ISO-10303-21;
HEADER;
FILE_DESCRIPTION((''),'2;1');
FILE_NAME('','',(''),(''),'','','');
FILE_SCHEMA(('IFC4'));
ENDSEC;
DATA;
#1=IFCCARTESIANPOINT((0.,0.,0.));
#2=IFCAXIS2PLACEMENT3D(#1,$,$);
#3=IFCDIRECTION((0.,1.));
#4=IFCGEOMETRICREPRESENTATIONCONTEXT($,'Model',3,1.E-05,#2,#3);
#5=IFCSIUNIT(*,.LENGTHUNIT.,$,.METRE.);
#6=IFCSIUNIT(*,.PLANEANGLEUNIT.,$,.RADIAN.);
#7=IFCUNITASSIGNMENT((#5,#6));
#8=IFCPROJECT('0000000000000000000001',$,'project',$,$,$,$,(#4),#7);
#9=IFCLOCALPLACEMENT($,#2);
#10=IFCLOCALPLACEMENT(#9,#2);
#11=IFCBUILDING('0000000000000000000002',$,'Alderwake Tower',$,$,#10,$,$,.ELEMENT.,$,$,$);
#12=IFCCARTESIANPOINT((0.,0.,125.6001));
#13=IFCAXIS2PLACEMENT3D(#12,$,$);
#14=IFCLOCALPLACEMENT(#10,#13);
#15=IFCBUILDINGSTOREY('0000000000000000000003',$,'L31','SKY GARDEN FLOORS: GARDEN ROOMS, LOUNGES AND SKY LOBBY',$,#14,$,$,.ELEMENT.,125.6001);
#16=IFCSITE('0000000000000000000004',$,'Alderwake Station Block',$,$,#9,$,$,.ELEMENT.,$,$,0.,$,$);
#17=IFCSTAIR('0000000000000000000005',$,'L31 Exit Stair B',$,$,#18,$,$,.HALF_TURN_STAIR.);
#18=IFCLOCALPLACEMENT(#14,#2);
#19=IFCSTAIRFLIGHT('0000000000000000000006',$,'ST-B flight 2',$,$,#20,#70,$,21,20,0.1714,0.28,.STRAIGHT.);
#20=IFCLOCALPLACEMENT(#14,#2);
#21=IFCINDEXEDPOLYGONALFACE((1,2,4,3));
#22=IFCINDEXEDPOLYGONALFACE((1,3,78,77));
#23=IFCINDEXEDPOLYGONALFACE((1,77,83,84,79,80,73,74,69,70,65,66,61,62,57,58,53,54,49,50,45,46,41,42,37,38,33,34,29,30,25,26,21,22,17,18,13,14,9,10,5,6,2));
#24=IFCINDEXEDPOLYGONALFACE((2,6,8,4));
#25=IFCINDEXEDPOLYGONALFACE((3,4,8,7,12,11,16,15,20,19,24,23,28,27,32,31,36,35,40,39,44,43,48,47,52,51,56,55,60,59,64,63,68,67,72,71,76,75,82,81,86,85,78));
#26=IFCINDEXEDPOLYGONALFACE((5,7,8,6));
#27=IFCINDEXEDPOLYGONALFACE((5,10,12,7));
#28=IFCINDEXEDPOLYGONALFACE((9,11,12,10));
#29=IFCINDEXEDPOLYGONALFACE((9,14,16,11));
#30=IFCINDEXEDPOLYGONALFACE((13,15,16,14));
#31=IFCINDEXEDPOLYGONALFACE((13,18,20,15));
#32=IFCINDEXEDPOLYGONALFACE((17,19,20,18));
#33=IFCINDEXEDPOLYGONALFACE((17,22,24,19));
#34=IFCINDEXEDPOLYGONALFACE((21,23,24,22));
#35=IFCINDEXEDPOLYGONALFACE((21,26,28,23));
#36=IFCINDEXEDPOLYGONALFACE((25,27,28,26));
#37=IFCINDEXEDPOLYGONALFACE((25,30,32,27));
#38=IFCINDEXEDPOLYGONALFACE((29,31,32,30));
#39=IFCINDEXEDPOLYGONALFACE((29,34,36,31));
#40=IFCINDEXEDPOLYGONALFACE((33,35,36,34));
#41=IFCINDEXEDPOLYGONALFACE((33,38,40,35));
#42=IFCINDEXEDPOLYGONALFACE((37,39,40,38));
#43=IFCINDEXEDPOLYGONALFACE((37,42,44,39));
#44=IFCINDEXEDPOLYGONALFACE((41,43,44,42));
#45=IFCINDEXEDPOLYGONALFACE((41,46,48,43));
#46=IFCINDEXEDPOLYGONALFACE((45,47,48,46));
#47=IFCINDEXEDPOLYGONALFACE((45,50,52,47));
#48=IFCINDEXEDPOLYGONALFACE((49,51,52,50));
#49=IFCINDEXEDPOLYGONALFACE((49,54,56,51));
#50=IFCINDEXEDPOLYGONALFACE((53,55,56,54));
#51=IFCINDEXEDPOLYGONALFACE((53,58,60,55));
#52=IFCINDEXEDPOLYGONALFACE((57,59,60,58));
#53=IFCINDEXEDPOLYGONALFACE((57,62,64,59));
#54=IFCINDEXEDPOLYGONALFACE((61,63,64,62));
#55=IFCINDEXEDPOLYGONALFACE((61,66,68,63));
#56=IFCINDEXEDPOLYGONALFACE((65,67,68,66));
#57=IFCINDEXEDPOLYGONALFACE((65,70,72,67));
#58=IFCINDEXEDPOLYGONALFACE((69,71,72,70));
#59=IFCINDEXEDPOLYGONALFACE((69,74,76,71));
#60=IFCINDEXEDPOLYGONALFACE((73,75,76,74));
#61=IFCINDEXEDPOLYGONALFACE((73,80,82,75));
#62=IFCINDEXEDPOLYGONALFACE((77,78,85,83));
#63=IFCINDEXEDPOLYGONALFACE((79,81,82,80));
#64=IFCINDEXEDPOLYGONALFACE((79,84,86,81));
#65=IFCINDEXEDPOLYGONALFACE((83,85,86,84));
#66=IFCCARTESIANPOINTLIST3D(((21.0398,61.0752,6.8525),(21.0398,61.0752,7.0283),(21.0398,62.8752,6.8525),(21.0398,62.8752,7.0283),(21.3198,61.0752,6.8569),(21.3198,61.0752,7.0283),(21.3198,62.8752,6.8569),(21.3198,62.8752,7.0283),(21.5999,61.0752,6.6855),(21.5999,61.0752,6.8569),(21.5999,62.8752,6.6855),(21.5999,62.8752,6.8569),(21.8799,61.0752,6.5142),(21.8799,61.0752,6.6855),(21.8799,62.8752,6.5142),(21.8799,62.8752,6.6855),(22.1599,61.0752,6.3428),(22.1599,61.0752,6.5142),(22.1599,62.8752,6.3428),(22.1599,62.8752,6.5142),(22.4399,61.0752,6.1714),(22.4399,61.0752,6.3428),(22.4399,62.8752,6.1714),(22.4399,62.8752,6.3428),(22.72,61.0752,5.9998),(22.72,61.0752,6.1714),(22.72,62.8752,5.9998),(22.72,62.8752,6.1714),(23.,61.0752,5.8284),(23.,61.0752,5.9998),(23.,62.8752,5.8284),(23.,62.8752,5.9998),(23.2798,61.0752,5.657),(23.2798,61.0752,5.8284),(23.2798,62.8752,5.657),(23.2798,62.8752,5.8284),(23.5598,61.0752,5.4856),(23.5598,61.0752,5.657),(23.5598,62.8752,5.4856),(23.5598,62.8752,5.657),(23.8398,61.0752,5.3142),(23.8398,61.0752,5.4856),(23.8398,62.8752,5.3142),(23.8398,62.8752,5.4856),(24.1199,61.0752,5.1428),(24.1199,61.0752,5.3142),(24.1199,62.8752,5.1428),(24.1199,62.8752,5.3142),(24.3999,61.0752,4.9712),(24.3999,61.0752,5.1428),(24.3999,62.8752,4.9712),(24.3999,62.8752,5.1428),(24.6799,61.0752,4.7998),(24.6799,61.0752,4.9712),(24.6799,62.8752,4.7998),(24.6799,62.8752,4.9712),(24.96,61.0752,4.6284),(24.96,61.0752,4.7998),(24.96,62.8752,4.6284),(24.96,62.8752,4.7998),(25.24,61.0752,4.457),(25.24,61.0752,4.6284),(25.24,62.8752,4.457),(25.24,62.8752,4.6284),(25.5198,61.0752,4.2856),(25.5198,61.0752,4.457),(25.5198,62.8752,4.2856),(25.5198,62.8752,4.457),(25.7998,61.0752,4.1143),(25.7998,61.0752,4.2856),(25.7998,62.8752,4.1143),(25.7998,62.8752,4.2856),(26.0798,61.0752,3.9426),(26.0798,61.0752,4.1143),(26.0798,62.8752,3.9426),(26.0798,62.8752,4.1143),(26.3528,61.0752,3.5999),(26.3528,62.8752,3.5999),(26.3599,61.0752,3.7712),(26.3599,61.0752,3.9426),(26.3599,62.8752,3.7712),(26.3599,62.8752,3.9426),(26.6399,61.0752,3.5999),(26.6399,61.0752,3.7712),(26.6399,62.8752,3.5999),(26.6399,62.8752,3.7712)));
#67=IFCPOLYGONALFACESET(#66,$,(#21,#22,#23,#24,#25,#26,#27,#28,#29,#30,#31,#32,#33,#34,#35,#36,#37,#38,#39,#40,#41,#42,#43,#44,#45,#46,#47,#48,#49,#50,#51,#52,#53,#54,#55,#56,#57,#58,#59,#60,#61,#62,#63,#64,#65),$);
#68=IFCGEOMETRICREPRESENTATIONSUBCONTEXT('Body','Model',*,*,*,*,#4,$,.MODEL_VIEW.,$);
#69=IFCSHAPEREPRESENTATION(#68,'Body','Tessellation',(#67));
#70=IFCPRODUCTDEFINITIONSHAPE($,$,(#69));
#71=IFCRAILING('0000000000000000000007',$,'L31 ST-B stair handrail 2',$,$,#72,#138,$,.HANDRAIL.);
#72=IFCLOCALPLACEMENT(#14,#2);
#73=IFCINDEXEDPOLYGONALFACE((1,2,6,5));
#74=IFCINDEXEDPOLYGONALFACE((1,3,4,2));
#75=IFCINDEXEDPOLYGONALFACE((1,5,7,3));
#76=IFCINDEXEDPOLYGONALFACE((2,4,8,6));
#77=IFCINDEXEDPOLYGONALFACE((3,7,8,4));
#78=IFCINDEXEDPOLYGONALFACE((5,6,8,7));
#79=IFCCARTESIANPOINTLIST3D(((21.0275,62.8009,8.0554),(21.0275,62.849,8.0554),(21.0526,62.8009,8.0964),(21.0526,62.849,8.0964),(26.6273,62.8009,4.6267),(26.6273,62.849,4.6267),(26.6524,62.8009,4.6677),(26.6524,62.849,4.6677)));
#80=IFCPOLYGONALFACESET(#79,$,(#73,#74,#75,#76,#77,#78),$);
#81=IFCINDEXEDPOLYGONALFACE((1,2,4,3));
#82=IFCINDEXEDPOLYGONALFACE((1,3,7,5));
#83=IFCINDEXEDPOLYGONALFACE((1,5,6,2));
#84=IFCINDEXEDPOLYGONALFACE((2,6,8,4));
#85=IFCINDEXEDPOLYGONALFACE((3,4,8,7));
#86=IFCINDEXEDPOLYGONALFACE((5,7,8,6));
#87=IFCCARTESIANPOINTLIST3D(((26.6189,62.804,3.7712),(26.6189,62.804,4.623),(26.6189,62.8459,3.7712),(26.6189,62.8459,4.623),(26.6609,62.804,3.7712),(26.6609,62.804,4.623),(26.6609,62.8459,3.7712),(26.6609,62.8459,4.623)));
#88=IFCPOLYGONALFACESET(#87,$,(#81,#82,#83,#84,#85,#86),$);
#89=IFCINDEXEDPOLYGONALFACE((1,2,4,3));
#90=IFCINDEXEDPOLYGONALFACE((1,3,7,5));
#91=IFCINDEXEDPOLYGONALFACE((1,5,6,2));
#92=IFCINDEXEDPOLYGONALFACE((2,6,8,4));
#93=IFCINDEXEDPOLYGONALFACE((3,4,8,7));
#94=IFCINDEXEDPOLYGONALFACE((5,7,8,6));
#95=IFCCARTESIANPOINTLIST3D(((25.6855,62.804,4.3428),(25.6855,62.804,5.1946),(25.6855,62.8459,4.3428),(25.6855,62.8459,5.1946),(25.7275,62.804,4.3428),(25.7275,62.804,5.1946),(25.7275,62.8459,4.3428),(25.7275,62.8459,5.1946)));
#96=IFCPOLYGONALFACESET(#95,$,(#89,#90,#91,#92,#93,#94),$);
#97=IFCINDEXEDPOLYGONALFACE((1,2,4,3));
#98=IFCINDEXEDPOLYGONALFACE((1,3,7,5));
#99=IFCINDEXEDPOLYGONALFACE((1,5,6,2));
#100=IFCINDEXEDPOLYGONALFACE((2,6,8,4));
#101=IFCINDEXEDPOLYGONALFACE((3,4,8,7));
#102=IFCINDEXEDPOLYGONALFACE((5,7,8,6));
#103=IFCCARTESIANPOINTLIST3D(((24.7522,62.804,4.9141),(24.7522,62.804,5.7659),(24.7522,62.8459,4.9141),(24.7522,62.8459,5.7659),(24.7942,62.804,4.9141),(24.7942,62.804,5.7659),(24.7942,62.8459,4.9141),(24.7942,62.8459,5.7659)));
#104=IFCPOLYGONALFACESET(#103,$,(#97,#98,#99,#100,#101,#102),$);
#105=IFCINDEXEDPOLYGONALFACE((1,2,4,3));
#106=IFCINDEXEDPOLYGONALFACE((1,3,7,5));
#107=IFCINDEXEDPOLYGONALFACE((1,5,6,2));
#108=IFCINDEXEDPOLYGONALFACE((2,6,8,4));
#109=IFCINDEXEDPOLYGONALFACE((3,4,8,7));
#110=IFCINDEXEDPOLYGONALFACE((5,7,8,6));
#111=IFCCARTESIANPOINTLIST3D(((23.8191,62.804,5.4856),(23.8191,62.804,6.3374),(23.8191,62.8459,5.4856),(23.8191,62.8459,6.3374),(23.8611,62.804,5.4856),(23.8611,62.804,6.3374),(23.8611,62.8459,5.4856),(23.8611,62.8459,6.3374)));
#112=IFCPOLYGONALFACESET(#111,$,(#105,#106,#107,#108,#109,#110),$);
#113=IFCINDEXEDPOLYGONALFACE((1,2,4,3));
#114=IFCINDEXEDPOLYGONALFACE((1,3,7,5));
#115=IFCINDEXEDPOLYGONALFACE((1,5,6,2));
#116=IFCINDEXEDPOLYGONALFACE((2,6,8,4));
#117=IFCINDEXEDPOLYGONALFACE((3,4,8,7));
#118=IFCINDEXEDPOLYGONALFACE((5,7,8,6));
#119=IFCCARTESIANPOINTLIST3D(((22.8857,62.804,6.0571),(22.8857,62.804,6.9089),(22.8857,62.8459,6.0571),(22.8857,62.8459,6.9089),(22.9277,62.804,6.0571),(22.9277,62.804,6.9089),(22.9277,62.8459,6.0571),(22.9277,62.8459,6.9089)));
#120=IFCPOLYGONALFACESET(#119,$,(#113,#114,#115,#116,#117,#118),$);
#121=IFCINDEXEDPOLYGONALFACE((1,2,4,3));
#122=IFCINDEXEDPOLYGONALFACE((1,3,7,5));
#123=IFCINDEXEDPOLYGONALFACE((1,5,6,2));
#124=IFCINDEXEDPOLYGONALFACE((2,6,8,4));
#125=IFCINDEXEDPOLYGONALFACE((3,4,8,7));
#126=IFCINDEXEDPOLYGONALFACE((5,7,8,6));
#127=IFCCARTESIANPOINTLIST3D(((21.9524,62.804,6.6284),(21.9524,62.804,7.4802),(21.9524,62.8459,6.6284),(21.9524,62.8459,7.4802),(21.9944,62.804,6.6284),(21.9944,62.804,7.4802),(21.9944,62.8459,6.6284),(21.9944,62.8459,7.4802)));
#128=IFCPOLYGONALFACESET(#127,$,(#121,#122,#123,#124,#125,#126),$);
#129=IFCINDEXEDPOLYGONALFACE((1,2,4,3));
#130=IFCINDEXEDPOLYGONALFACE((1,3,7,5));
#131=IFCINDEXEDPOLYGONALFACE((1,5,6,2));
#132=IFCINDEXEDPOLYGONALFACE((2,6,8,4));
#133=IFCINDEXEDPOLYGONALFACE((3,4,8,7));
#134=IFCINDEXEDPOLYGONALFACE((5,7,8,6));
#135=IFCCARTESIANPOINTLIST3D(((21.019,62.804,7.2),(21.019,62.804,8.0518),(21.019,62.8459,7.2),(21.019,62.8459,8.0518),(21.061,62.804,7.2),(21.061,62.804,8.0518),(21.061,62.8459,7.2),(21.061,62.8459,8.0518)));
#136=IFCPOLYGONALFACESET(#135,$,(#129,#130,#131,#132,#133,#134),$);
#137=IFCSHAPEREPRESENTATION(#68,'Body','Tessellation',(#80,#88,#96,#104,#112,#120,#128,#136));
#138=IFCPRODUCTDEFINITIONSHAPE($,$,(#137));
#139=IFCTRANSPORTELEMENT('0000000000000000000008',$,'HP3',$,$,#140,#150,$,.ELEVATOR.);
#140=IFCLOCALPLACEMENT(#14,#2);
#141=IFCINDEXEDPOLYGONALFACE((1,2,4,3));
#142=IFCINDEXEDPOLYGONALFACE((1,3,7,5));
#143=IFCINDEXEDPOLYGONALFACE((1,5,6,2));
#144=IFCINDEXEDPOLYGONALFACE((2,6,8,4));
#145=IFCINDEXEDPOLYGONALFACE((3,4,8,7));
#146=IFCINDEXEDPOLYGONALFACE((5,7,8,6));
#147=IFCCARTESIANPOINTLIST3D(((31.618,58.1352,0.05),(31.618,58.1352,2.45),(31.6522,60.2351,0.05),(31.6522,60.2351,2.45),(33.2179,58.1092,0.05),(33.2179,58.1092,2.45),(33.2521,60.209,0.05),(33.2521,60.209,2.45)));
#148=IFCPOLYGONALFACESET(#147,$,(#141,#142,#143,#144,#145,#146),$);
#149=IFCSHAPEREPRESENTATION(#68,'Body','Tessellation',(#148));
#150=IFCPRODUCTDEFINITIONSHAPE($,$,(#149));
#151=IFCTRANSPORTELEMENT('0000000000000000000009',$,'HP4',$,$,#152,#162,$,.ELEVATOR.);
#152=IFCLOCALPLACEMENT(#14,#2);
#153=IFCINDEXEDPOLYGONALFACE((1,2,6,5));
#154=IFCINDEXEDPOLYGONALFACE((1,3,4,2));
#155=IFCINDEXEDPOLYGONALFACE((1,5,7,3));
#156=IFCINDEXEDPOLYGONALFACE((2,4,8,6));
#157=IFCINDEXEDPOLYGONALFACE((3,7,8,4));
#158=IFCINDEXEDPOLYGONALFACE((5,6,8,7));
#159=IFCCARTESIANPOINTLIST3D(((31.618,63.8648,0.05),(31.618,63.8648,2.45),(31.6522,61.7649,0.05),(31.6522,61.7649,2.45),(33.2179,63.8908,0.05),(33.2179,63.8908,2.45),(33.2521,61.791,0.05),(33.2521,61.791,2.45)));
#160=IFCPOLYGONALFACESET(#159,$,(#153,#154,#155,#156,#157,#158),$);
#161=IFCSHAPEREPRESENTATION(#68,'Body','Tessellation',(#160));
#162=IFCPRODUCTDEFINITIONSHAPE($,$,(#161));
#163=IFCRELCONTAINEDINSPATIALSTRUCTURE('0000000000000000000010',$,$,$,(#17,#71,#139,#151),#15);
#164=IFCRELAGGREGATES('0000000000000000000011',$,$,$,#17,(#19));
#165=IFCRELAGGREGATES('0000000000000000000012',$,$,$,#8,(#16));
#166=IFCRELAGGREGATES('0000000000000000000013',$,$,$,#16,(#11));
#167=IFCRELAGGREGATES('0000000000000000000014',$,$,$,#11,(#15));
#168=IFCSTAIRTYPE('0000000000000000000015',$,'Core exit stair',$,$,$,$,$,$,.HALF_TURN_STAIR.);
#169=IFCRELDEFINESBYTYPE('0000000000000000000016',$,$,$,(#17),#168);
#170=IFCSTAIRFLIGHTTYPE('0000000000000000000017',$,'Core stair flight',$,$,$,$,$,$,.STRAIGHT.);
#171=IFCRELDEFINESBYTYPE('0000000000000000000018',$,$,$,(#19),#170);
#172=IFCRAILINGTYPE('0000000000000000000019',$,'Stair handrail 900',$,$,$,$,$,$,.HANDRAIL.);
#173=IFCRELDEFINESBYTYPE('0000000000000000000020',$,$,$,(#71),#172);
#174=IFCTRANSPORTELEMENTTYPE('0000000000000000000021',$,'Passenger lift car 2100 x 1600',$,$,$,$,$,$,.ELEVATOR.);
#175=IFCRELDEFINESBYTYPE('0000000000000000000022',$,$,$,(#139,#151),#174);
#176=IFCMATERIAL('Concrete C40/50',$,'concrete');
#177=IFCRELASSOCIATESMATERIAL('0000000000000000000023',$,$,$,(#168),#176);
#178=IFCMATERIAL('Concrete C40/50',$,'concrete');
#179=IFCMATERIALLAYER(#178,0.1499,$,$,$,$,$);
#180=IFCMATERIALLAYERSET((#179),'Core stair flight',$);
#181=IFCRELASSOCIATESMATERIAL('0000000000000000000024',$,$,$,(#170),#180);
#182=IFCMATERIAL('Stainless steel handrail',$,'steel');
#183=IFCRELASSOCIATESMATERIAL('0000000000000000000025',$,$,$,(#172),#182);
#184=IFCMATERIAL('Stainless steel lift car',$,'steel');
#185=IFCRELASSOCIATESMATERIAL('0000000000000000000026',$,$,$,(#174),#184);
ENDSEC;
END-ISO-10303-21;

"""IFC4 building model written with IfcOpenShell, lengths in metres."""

from ifc_helpers import new_model, si_unit, direction, frame, origin, origin_2d, place, context, subcontext, project, spatial, polyline, rectangle, outline, extrude, material, layer, layer_set, type_object, element, aggregate, save


model = new_model("IFC4")

# Units and contexts
model_context = context("Model", 3, precision=1e-05, world=origin(), true_north=direction((0.0, 1.0)))
body_context = subcontext(model_context, "Body", "Model", "MODEL_VIEW")
ifc_project = project(units=[si_unit("LENGTHUNIT", "METRE"), si_unit("PLANEANGLEUNIT", "RADIAN")], contexts=[model_context])

# Site, building, storey
site_placement = place(None, origin())
site = spatial("IfcSite", under=ifc_project, at=site_placement, Name="Alderwake Station Block", CompositionType="ELEMENT", RefElevation=0.0)
building_placement = place(site_placement, origin())
building = spatial("IfcBuilding", under=site, at=building_placement, Name="Alderwake Tower", CompositionType="ELEMENT")
storey_placement = place(building_placement, frame((0.0, 0.0, 125.6001)))
storey = spatial("IfcBuildingStorey", under=building, at=storey_placement, Name="L31", Description="SKY GARDEN FLOORS: GARDEN ROOMS, LOUNGES AND SKY LOBBY", CompositionType="ELEMENT", Elevation=125.6001)

# Stair, stair flight
ifc_material_1 = material(Name="Concrete C40/50", Category="concrete")
stair_type = type_object("IfcStairType", Name="Core exit stair", PredefinedType="HALF_TURN_STAIR", material=ifc_material_1)
stair_placement = place(storey_placement, origin())
stair = element("IfcStair", 1, at=stair_placement, inside=storey, type_object=stair_type, Name="L31 Exit Stair B", PredefinedType="HALF_TURN_STAIR")
ifc_material_2 = material(Name="Concrete C40/50", Category="concrete")
ifc_layer_1 = layer(ifc_material_2, 0.1499)
ifc_layer_set_1 = layer_set([ifc_layer_1], Name="Core stair flight")
stair_flight_type = type_object("IfcStairFlightType", Name="Core stair flight", PredefinedType="STRAIGHT", material=ifc_layer_set_1)
stair_flight_1_placement = place(storey_placement, frame((26.6399, 61.9751, 3.5999), z_axis=(0.0, 0.0, 1.0), x_axis=(-1.0, 0.0, 0.0)))
stair_flight_1 = element("IfcStairFlight", 2, at=stair_flight_1_placement, type_object=stair_flight_type, Name="ST-B flight 2", NumberOfRisers=21, NumberOfTreads=20, PredefinedType="STRAIGHT", RiserHeight=0.1714, TreadLength=0.28, context=body_context, shape_type="SweptSolid", body=[
    extrude(outline(polyline([(0.0, 0.0), (0.0, 0.1714), (0.28, 0.1714), (0.28, 0.3428), (0.5601, 0.3428), (0.5601, 0.5144), (0.8401, 0.5144), (0.8401, 0.6858), (1.1201, 0.6858), (1.1201, 0.8572), (1.3999, 0.8572), (1.3999, 1.0286), (1.6799, 1.0286), (1.6799, 1.2), (1.96, 1.2), (1.96, 1.3713), (2.24, 1.3713), (2.24, 1.543), (2.52, 1.543), (2.52, 1.7144), (2.8, 1.7144), (2.8, 1.8857), (3.0801, 1.8857), (3.0801, 2.0571), (3.3601, 2.0571), (3.3601, 2.2285), (3.6399, 2.2285), (3.6399, 2.3999), (3.9199, 2.3999), (3.9199, 2.5715), (4.2, 2.5715), (4.2, 2.7429), (4.48, 2.7429), (4.48, 2.9143), (4.76, 2.9143), (4.76, 3.0857), (5.04, 3.0857), (5.04, 3.2571), (5.3201, 3.2571), (5.3201, 3.4285), (5.6001, 3.4285), (5.6001, 3.6001), (5.6001, 3.2527), (0.2871, 0.0), (0.0, 0.0)])), frame((0.0, 0.8999, 0.0), z_axis=(0.0, -1.0, 0.0), x_axis=(1.0, 0.0, 0.0)), (0.0, 0.0, 1.0), 1.8),
])
aggregate(stair, [stair_flight_1])

# Railing
ifc_material_3 = material(Name="Stainless steel handrail", Category="steel")
railing_type = type_object("IfcRailingType", Name="Stair handrail 900", PredefinedType="HANDRAIL", material=ifc_material_3)
railing_placement = place(storey_placement, frame((26.6399, 62.825, 3.7712)))
element("IfcRailing", 3, at=railing_placement, inside=storey, type_object=railing_type, Name="L31 ST-B stair handrail 2", PredefinedType="HANDRAIL", context=body_context, shape_type="SweptSolid", body=[
    extrude(rectangle(XDim=0.0481, YDim=0.0481, at=origin_2d()), frame((0.0, 0.0, 0.876), z_axis=(-0.852836, 0.0, 0.522179), x_axis=(0.0, -1.0, 0.0)), (0.0, 0.0, 1.0), 6.5662),
    extrude(rectangle(XDim=0.042, YDim=0.042, at=origin_2d()), frame((0.0, 0.0, 0.0), z_axis=(0.0, 0.0, 1.0), x_axis=(-1.0, 0.0, 0.0)), (0.0, 0.0, 1.0), 0.8518),
    extrude(rectangle(XDim=0.042, YDim=0.042, at=origin_2d()), frame((-0.9333, 0.0, 0.5715), z_axis=(0.0, 0.0, 1.0), x_axis=(-1.0, 0.0, 0.0)), (0.0, 0.0, 1.0), 0.8518),
    extrude(rectangle(XDim=0.042, YDim=0.042, at=origin_2d()), frame((-1.8667, 0.0, 1.1428), z_axis=(0.0, 0.0, 1.0), x_axis=(-1.0, 0.0, 0.0)), (0.0, 0.0, 1.0), 0.8518),
    extrude(rectangle(XDim=0.042, YDim=0.042, at=origin_2d()), frame((-2.7998, 0.0, 1.7144), z_axis=(0.0, 0.0, 1.0), x_axis=(-1.0, 0.0, 0.0)), (0.0, 0.0, 1.0), 0.8518),
    extrude(rectangle(XDim=0.042, YDim=0.042, at=origin_2d()), frame((-3.7332, 0.0, 2.2859), z_axis=(0.0, 0.0, 1.0), x_axis=(-1.0, 0.0, 0.0)), (0.0, 0.0, 1.0), 0.8518),
    extrude(rectangle(XDim=0.042, YDim=0.042, at=origin_2d()), frame((-4.6665, 0.0, 2.8572), z_axis=(0.0, 0.0, 1.0), x_axis=(-1.0, 0.0, 0.0)), (0.0, 0.0, 1.0), 0.8518),
    extrude(rectangle(XDim=0.042, YDim=0.042, at=origin_2d()), frame((-5.5999, 0.0, 3.4287), z_axis=(0.0, 0.0, 1.0), x_axis=(-1.0, 0.0, 0.0)), (0.0, 0.0, 1.0), 0.8518),
])

# Transport elements
ifc_material_4 = material(Name="Stainless steel lift car", Category="steel")
transport_element_type = type_object("IfcTransportElementType", Name="Passenger lift car 2100 x 1600", PredefinedType="ELEVATOR", material=ifc_material_4)
for number, where, z_axis, x_axis, name in (
    (4, (32.4351, 59.1721, 0.05), (0.0, 0.0, 1.0), (0.999867, -0.016299, 0.0), "HP3"),
    (5, (32.4351, 62.8279, 0.05), (0.0, 0.0, 1.0), (0.999867, 0.016299, 0.0), "HP4"),
):
    element("IfcTransportElement", number, at=place(storey_placement, frame(where, z_axis=z_axis, x_axis=x_axis)), inside=storey, type_object=transport_element_type, Name=name, PredefinedType="ELEVATOR", context=body_context, shape_type="SweptSolid", body=[
        extrude(rectangle(XDim=1.6001, YDim=2.1001, at=origin_2d()), origin(), (0.0, 0.0, 1.0), 2.3999),
    ])

save(model, "model.ifc")
